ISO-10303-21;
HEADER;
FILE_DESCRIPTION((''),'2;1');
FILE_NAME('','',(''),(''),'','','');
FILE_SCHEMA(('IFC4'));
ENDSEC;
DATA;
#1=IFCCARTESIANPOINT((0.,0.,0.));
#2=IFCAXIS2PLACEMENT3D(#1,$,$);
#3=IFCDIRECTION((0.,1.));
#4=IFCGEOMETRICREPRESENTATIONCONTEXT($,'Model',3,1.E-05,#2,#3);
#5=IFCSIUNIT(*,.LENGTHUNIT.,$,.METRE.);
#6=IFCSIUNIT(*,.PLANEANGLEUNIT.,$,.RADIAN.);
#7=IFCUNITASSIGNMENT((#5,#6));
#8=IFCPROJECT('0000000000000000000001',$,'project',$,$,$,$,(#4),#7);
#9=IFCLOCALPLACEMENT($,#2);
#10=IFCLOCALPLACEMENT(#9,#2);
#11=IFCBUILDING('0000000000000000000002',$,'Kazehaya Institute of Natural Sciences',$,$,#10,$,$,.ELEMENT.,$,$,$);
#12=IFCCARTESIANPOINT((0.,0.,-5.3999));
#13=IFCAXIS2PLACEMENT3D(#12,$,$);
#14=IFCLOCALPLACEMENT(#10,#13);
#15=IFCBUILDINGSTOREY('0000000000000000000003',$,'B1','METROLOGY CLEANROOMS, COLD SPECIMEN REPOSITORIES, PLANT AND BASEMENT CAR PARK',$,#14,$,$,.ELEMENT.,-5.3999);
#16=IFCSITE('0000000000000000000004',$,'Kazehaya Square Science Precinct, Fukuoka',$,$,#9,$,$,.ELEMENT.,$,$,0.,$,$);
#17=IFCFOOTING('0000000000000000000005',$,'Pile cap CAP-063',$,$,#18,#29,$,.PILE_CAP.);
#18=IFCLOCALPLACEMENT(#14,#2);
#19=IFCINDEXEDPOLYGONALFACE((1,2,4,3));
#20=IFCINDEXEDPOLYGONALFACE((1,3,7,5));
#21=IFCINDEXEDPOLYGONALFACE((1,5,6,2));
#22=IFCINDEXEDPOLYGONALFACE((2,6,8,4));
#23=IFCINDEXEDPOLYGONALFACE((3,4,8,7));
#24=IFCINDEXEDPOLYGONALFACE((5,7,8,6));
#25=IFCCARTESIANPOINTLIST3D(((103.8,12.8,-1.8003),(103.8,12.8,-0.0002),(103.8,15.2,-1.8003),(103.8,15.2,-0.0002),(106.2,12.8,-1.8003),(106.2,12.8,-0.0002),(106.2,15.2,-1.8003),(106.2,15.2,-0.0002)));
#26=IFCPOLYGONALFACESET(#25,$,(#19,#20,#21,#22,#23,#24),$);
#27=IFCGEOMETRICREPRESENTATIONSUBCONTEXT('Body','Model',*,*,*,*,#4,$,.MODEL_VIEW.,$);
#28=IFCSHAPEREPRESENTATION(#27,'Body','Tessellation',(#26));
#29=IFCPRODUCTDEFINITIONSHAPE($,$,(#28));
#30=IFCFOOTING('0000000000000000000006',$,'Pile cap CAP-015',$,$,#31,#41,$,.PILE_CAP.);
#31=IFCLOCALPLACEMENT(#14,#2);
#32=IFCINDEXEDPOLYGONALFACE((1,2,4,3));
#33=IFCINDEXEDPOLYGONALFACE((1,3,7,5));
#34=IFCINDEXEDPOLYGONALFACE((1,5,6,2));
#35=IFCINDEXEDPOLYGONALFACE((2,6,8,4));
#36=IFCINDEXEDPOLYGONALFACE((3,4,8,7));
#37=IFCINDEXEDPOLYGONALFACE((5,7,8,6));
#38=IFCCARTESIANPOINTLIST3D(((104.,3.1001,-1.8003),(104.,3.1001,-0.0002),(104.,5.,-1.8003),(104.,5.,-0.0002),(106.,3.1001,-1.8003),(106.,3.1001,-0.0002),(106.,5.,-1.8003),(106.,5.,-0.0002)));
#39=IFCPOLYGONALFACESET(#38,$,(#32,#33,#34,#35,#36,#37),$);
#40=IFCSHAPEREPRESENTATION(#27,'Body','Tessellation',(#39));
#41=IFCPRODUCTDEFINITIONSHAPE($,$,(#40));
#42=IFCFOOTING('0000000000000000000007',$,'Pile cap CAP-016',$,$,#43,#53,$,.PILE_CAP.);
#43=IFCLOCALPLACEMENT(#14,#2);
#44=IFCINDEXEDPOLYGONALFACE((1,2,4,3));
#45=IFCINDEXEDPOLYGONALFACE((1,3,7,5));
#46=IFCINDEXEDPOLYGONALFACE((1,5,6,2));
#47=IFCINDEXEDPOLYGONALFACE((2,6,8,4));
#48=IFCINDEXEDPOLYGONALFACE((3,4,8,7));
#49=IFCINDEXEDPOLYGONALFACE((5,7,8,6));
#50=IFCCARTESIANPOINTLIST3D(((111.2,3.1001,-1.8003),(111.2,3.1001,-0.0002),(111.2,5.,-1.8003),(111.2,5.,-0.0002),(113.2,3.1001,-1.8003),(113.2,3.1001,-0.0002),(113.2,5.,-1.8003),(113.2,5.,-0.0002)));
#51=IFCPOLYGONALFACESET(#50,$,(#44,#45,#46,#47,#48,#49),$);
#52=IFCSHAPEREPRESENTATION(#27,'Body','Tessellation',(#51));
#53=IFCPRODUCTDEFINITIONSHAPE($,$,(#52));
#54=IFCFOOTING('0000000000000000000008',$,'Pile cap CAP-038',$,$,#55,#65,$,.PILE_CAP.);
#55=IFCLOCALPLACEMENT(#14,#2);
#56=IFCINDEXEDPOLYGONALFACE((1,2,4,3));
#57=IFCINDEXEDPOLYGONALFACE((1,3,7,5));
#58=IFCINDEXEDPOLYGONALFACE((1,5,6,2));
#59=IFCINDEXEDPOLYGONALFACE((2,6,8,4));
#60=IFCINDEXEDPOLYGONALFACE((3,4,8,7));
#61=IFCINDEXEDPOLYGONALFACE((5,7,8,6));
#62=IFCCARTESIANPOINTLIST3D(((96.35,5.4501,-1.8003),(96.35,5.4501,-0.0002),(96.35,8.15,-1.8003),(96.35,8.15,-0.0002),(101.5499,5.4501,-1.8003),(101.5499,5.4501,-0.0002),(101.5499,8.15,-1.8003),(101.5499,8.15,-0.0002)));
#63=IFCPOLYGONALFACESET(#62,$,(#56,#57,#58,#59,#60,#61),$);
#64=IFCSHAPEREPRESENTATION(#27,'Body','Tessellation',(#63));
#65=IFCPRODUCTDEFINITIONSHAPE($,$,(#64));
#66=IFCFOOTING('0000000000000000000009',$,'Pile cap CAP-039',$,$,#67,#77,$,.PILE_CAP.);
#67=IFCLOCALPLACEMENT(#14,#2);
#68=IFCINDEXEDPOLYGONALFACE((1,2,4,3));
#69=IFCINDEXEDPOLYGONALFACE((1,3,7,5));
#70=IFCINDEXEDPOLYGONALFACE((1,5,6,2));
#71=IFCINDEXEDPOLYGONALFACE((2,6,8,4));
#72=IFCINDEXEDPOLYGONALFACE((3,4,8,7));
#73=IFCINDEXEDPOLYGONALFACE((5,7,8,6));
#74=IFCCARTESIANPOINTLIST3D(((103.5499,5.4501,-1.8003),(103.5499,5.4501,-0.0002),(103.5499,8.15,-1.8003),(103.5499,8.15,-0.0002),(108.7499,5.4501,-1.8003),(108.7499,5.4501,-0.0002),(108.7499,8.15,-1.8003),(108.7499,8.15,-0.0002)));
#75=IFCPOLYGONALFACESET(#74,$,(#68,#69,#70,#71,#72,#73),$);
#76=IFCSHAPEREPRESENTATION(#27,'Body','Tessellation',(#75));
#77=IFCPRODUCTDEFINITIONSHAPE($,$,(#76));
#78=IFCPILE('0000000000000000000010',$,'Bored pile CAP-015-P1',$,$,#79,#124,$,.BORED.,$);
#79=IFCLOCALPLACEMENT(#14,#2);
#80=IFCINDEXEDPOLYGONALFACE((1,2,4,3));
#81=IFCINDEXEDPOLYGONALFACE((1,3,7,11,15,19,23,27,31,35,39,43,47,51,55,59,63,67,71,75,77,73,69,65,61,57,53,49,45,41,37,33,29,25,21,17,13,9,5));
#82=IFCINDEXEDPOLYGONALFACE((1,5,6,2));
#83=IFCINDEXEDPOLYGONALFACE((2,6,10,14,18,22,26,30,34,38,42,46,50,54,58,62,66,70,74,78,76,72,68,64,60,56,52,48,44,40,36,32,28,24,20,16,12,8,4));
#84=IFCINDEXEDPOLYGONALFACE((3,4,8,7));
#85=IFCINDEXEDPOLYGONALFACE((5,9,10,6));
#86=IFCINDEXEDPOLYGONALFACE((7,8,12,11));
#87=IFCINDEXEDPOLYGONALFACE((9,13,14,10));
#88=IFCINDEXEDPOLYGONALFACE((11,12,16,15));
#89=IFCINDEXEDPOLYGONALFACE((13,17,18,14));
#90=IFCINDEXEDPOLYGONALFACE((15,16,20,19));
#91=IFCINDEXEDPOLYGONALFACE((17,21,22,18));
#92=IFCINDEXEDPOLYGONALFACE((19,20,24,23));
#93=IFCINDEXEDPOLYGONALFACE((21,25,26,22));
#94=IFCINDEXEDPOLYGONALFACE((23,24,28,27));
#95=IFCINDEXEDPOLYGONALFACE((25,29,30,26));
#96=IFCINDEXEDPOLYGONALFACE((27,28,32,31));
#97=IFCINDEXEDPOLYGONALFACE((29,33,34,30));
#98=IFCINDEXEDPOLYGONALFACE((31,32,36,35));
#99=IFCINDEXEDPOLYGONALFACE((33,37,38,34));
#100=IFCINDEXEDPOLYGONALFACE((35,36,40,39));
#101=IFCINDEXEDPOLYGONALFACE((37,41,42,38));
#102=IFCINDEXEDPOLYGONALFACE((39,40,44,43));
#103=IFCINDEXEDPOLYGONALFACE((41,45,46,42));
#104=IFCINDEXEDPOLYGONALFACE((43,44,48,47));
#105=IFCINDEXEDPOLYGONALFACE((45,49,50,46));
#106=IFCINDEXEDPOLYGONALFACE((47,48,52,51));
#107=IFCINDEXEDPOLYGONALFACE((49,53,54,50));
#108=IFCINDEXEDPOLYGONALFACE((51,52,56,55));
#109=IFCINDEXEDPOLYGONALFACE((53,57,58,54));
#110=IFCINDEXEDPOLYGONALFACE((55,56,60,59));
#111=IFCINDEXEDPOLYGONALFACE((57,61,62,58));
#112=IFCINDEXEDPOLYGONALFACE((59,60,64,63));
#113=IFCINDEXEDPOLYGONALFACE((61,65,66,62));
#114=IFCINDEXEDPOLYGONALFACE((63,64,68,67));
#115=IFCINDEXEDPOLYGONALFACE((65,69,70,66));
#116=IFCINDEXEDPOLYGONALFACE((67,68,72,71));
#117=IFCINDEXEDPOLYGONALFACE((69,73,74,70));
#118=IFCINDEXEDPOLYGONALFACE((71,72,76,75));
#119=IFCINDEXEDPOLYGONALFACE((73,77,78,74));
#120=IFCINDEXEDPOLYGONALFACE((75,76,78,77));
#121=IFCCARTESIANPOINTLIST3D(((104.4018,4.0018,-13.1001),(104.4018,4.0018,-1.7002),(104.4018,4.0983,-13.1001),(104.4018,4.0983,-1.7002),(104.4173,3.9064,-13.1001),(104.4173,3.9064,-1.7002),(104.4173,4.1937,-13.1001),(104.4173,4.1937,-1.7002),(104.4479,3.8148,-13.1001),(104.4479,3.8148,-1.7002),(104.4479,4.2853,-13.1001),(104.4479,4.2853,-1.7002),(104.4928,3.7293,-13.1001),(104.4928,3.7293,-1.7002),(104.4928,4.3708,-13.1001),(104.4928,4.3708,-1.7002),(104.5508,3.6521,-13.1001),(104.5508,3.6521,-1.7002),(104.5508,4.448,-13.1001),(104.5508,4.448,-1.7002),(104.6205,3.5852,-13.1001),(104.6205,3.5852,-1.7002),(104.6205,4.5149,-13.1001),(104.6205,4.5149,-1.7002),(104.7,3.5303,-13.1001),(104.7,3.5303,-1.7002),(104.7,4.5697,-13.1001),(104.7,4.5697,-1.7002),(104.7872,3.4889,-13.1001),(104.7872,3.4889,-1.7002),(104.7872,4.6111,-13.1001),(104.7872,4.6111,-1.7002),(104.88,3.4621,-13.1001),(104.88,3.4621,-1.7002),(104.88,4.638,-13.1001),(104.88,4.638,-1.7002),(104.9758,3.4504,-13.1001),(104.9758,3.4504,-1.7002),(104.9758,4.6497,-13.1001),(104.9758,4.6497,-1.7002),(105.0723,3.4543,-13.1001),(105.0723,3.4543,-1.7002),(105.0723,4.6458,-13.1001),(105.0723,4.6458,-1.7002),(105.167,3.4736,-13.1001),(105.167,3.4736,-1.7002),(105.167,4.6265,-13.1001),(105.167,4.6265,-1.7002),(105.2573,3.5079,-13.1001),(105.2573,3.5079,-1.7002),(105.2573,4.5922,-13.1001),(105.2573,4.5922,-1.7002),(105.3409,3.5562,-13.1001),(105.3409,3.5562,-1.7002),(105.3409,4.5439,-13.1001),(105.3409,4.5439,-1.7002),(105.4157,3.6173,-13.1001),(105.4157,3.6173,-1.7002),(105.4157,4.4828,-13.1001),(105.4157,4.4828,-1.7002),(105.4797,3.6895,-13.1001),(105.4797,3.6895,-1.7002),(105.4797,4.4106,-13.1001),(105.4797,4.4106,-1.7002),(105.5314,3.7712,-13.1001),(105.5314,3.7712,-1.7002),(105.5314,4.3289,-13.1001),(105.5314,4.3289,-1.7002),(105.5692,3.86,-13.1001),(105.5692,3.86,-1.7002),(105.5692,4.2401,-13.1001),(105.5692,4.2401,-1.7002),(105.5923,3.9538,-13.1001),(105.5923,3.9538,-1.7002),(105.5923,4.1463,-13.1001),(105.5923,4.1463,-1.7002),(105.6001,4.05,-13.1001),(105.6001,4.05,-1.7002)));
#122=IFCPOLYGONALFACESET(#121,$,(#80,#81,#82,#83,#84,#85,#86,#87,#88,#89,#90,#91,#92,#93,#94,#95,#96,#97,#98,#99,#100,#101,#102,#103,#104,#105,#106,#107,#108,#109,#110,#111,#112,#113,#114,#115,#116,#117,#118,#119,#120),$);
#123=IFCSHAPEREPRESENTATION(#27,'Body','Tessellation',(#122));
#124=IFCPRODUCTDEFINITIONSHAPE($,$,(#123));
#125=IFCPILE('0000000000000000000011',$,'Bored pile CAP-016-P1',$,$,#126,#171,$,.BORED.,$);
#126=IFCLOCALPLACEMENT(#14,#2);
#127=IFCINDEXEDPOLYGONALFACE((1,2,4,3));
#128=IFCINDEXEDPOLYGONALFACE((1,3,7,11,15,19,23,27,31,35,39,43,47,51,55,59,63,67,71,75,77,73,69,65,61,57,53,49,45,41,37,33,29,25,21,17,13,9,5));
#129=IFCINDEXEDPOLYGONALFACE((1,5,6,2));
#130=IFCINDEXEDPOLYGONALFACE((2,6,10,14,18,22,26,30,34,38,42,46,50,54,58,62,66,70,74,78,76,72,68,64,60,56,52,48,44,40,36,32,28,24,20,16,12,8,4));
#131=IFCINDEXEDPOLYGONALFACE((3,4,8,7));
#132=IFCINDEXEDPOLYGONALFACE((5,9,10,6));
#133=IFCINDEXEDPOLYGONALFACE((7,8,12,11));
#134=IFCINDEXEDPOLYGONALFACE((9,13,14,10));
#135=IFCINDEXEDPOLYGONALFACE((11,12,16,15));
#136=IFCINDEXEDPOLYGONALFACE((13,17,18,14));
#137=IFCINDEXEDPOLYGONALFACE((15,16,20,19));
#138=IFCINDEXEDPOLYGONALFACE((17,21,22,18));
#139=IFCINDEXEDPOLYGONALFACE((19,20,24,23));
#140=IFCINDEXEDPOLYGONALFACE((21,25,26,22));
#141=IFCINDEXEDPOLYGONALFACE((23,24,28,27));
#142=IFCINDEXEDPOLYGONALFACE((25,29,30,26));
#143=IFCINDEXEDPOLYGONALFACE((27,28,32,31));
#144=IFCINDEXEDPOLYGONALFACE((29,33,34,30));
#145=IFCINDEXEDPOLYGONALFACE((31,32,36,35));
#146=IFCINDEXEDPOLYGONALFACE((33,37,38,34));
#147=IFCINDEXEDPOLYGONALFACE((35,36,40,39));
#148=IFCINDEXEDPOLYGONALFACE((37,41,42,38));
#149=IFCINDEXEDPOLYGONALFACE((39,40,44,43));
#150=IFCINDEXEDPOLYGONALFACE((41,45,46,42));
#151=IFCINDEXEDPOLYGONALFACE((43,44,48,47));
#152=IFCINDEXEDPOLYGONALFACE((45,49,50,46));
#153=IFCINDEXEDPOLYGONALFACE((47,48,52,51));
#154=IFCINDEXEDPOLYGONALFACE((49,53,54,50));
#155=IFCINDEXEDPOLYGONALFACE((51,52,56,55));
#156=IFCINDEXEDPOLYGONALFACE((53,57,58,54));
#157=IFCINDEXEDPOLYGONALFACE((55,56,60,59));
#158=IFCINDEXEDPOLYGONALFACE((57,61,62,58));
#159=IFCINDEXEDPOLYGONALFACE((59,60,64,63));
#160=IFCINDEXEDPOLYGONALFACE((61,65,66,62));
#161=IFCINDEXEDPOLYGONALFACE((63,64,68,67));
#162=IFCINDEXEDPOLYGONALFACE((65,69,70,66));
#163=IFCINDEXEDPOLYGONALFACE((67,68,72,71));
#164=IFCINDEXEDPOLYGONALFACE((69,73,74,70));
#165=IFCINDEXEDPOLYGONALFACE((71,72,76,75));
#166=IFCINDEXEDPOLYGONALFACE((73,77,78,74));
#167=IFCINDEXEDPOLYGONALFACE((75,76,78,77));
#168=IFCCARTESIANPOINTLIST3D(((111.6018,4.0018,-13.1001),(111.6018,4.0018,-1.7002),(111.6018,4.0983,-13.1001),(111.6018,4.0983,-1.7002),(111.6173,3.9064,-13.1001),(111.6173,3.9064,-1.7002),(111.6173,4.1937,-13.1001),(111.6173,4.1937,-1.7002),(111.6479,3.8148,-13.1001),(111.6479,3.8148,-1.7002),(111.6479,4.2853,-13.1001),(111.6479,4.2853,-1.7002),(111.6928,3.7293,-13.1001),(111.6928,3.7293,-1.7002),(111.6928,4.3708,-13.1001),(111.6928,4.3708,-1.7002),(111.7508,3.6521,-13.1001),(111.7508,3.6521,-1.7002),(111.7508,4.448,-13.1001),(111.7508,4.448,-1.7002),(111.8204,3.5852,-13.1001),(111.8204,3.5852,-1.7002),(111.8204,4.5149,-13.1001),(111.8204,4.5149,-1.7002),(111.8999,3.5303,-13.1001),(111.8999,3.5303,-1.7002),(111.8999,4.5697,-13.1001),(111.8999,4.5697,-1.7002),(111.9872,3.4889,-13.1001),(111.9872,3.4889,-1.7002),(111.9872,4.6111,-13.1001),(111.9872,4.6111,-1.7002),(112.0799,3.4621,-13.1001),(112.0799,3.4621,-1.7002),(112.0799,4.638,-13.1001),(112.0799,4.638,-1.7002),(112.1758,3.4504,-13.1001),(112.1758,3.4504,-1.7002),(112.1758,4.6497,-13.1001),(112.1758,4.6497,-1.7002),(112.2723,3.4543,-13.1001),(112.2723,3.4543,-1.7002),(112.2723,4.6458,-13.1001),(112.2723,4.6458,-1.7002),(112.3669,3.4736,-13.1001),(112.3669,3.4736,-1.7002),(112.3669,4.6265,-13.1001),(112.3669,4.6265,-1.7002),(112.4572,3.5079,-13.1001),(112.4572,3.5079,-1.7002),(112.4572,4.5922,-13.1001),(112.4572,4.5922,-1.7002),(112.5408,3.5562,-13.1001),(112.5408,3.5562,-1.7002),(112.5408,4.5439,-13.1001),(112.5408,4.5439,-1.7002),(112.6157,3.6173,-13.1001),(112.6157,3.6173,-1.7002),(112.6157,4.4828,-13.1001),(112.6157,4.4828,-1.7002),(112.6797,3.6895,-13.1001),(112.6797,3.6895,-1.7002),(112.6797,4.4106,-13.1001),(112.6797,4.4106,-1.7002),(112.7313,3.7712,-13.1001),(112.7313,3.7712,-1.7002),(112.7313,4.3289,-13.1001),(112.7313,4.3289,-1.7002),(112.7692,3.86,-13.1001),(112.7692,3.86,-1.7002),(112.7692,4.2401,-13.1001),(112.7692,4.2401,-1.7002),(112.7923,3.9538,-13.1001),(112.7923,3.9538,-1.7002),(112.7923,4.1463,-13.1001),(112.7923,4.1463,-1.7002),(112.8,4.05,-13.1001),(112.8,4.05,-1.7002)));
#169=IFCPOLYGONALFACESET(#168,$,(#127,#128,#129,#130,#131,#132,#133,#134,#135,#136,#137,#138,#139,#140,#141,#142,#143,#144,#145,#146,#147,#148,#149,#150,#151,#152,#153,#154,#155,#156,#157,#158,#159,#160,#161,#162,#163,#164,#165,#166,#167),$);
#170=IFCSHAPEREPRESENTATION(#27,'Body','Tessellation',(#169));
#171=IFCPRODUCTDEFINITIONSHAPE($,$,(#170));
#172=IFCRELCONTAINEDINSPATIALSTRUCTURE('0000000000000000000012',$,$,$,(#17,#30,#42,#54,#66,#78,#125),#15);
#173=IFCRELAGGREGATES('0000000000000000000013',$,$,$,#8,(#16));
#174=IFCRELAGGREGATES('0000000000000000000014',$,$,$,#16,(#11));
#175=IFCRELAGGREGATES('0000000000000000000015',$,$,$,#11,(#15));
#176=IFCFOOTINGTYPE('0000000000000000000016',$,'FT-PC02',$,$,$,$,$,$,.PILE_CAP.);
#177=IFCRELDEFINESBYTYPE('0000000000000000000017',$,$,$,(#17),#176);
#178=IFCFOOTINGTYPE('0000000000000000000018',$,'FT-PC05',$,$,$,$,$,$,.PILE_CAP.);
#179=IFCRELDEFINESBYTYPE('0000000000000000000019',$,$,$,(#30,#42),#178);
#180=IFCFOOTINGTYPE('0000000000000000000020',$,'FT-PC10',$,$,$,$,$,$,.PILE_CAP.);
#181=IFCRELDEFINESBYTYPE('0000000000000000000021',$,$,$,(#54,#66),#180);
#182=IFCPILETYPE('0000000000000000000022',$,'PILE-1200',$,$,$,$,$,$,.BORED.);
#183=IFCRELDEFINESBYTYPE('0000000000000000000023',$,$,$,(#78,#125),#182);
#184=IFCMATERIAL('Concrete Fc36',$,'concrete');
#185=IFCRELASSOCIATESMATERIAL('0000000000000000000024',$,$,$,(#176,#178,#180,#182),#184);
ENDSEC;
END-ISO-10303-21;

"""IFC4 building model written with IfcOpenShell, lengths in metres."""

from ifc_helpers import new_model, si_unit, direction, frame, origin, origin_2d, place, context, subcontext, project, spatial, rectangle, circle, extrude, material, material_profile, profile_set, type_object, element, save


model = new_model("IFC4")

# Units and contexts
model_context = context("Model", 3, precision=1e-05, world=origin(), true_north=direction((0.0, 1.0)))
body_context = subcontext(model_context, "Body", "Model", "MODEL_VIEW")
ifc_project = project(units=[si_unit("LENGTHUNIT", "METRE"), si_unit("PLANEANGLEUNIT", "RADIAN")], contexts=[model_context])

# Site, building, storey
site_placement = place(None, origin())
site = spatial("IfcSite", under=ifc_project, at=site_placement, Name="Kazehaya Square Science Precinct, Fukuoka", CompositionType="ELEMENT", RefElevation=0.0)
building_placement = place(site_placement, origin())
building = spatial("IfcBuilding", under=site, at=building_placement, Name="Kazehaya Institute of Natural Sciences", CompositionType="ELEMENT")
storey_placement = place(building_placement, frame((0.0, 0.0, -5.3999)))
storey = spatial("IfcBuildingStorey", under=building, at=storey_placement, Name="B1", Description="METROLOGY CLEANROOMS, COLD SPECIMEN REPOSITORIES, PLANT AND BASEMENT CAR PARK", CompositionType="ELEMENT", Elevation=-5.3999)

# Footings
ifc_material_1 = material(Name="Concrete Fc36", Category="concrete")
footing_type_1 = type_object("IfcFootingType", Name="FT-PC02", PredefinedType="PILE_CAP", material=ifc_material_1)
footing_placement = place(storey_placement, frame((105.0, 14.0, -1.8003), z_axis=(0.0, 0.0, 1.0), x_axis=(1.0, 0.0, 0.0)))
element("IfcFooting", 1, at=footing_placement, inside=storey, type_object=footing_type_1, Name="Pile cap CAP-063", PredefinedType="PILE_CAP", context=body_context, shape_type="SweptSolid", body=[
    extrude(rectangle(XDim=2.3999, YDim=2.3999, at=origin_2d()), origin(), (0.0, 0.0, 1.0), 1.8),
])
footing_type_2 = type_object("IfcFootingType", Name="FT-PC05", PredefinedType="PILE_CAP", material=ifc_material_1)
for number, where, z_axis, x_axis, name in (
    (2, (105.0, 4.05, -1.8003), (0.0, 0.0, 1.0), (1.0, 0.0, 0.0), "Pile cap CAP-015"),
    (3, (112.2, 4.05, -1.8003), (0.0, 0.0, 1.0), (1.0, 0.0, 0.0), "Pile cap CAP-016"),
):
    element("IfcFooting", number, at=place(storey_placement, frame(where, z_axis=z_axis, x_axis=x_axis)), inside=storey, type_object=footing_type_2, Name=name, PredefinedType="PILE_CAP", context=body_context, shape_type="SweptSolid", body=[
        extrude(rectangle(XDim=2.0, YDim=1.8999, at=origin_2d()), origin(), (0.0, 0.0, 1.0), 1.8),
    ])
footing_type_3 = type_object("IfcFootingType", Name="FT-PC10", PredefinedType="PILE_CAP", material=ifc_material_1)
for number, where, z_axis, x_axis, name in (
    (4, (98.95, 6.8, -1.8003), (0.0, 0.0, 1.0), (1.0, 0.0, 0.0), "Pile cap CAP-038"),
    (5, (106.1499, 6.8, -1.8003), (0.0, 0.0, 1.0), (1.0, 0.0, 0.0), "Pile cap CAP-039"),
):
    element("IfcFooting", number, at=place(storey_placement, frame(where, z_axis=z_axis, x_axis=x_axis)), inside=storey, type_object=footing_type_3, Name=name, PredefinedType="PILE_CAP", context=body_context, shape_type="SweptSolid", body=[
        extrude(rectangle(XDim=5.2, YDim=2.7, at=origin_2d()), origin(), (0.0, 0.0, 1.0), 1.8),
    ])

# Piles
ifc_material_profile_1 = material_profile(ifc_material_1, circle(Radius=0.6001, at=origin_2d()), Name="PILE-1200")
ifc_profile_set_1 = profile_set([ifc_material_profile_1], Name="Concrete Fc36")
pile_type_1 = type_object("IfcPileType", Name="PILE-1200", PredefinedType="BORED", material=ifc_profile_set_1)
for number, where, z_axis, x_axis, name in (
    (6, (105.0, 4.05, -1.7002), (0.0, 0.0, -1.0), (1.0, 0.0, 0.0), "Bored pile CAP-015-P1"),
    (7, (112.2, 4.05, -1.7002), (0.0, 0.0, -1.0), (1.0, 0.0, 0.0), "Bored pile CAP-016-P1"),
):
    element("IfcPile", number, at=place(storey_placement, frame(where, z_axis=z_axis, x_axis=x_axis)), inside=storey, type_object=pile_type_1, Name=name, PredefinedType="BORED", context=body_context, shape_type="SweptSolid", body=[
        extrude(circle(Radius=0.6001, at=origin_2d()), origin(), (0.0, 0.0, 1.0), 11.3999),
    ])

save(model, "model.ifc")
